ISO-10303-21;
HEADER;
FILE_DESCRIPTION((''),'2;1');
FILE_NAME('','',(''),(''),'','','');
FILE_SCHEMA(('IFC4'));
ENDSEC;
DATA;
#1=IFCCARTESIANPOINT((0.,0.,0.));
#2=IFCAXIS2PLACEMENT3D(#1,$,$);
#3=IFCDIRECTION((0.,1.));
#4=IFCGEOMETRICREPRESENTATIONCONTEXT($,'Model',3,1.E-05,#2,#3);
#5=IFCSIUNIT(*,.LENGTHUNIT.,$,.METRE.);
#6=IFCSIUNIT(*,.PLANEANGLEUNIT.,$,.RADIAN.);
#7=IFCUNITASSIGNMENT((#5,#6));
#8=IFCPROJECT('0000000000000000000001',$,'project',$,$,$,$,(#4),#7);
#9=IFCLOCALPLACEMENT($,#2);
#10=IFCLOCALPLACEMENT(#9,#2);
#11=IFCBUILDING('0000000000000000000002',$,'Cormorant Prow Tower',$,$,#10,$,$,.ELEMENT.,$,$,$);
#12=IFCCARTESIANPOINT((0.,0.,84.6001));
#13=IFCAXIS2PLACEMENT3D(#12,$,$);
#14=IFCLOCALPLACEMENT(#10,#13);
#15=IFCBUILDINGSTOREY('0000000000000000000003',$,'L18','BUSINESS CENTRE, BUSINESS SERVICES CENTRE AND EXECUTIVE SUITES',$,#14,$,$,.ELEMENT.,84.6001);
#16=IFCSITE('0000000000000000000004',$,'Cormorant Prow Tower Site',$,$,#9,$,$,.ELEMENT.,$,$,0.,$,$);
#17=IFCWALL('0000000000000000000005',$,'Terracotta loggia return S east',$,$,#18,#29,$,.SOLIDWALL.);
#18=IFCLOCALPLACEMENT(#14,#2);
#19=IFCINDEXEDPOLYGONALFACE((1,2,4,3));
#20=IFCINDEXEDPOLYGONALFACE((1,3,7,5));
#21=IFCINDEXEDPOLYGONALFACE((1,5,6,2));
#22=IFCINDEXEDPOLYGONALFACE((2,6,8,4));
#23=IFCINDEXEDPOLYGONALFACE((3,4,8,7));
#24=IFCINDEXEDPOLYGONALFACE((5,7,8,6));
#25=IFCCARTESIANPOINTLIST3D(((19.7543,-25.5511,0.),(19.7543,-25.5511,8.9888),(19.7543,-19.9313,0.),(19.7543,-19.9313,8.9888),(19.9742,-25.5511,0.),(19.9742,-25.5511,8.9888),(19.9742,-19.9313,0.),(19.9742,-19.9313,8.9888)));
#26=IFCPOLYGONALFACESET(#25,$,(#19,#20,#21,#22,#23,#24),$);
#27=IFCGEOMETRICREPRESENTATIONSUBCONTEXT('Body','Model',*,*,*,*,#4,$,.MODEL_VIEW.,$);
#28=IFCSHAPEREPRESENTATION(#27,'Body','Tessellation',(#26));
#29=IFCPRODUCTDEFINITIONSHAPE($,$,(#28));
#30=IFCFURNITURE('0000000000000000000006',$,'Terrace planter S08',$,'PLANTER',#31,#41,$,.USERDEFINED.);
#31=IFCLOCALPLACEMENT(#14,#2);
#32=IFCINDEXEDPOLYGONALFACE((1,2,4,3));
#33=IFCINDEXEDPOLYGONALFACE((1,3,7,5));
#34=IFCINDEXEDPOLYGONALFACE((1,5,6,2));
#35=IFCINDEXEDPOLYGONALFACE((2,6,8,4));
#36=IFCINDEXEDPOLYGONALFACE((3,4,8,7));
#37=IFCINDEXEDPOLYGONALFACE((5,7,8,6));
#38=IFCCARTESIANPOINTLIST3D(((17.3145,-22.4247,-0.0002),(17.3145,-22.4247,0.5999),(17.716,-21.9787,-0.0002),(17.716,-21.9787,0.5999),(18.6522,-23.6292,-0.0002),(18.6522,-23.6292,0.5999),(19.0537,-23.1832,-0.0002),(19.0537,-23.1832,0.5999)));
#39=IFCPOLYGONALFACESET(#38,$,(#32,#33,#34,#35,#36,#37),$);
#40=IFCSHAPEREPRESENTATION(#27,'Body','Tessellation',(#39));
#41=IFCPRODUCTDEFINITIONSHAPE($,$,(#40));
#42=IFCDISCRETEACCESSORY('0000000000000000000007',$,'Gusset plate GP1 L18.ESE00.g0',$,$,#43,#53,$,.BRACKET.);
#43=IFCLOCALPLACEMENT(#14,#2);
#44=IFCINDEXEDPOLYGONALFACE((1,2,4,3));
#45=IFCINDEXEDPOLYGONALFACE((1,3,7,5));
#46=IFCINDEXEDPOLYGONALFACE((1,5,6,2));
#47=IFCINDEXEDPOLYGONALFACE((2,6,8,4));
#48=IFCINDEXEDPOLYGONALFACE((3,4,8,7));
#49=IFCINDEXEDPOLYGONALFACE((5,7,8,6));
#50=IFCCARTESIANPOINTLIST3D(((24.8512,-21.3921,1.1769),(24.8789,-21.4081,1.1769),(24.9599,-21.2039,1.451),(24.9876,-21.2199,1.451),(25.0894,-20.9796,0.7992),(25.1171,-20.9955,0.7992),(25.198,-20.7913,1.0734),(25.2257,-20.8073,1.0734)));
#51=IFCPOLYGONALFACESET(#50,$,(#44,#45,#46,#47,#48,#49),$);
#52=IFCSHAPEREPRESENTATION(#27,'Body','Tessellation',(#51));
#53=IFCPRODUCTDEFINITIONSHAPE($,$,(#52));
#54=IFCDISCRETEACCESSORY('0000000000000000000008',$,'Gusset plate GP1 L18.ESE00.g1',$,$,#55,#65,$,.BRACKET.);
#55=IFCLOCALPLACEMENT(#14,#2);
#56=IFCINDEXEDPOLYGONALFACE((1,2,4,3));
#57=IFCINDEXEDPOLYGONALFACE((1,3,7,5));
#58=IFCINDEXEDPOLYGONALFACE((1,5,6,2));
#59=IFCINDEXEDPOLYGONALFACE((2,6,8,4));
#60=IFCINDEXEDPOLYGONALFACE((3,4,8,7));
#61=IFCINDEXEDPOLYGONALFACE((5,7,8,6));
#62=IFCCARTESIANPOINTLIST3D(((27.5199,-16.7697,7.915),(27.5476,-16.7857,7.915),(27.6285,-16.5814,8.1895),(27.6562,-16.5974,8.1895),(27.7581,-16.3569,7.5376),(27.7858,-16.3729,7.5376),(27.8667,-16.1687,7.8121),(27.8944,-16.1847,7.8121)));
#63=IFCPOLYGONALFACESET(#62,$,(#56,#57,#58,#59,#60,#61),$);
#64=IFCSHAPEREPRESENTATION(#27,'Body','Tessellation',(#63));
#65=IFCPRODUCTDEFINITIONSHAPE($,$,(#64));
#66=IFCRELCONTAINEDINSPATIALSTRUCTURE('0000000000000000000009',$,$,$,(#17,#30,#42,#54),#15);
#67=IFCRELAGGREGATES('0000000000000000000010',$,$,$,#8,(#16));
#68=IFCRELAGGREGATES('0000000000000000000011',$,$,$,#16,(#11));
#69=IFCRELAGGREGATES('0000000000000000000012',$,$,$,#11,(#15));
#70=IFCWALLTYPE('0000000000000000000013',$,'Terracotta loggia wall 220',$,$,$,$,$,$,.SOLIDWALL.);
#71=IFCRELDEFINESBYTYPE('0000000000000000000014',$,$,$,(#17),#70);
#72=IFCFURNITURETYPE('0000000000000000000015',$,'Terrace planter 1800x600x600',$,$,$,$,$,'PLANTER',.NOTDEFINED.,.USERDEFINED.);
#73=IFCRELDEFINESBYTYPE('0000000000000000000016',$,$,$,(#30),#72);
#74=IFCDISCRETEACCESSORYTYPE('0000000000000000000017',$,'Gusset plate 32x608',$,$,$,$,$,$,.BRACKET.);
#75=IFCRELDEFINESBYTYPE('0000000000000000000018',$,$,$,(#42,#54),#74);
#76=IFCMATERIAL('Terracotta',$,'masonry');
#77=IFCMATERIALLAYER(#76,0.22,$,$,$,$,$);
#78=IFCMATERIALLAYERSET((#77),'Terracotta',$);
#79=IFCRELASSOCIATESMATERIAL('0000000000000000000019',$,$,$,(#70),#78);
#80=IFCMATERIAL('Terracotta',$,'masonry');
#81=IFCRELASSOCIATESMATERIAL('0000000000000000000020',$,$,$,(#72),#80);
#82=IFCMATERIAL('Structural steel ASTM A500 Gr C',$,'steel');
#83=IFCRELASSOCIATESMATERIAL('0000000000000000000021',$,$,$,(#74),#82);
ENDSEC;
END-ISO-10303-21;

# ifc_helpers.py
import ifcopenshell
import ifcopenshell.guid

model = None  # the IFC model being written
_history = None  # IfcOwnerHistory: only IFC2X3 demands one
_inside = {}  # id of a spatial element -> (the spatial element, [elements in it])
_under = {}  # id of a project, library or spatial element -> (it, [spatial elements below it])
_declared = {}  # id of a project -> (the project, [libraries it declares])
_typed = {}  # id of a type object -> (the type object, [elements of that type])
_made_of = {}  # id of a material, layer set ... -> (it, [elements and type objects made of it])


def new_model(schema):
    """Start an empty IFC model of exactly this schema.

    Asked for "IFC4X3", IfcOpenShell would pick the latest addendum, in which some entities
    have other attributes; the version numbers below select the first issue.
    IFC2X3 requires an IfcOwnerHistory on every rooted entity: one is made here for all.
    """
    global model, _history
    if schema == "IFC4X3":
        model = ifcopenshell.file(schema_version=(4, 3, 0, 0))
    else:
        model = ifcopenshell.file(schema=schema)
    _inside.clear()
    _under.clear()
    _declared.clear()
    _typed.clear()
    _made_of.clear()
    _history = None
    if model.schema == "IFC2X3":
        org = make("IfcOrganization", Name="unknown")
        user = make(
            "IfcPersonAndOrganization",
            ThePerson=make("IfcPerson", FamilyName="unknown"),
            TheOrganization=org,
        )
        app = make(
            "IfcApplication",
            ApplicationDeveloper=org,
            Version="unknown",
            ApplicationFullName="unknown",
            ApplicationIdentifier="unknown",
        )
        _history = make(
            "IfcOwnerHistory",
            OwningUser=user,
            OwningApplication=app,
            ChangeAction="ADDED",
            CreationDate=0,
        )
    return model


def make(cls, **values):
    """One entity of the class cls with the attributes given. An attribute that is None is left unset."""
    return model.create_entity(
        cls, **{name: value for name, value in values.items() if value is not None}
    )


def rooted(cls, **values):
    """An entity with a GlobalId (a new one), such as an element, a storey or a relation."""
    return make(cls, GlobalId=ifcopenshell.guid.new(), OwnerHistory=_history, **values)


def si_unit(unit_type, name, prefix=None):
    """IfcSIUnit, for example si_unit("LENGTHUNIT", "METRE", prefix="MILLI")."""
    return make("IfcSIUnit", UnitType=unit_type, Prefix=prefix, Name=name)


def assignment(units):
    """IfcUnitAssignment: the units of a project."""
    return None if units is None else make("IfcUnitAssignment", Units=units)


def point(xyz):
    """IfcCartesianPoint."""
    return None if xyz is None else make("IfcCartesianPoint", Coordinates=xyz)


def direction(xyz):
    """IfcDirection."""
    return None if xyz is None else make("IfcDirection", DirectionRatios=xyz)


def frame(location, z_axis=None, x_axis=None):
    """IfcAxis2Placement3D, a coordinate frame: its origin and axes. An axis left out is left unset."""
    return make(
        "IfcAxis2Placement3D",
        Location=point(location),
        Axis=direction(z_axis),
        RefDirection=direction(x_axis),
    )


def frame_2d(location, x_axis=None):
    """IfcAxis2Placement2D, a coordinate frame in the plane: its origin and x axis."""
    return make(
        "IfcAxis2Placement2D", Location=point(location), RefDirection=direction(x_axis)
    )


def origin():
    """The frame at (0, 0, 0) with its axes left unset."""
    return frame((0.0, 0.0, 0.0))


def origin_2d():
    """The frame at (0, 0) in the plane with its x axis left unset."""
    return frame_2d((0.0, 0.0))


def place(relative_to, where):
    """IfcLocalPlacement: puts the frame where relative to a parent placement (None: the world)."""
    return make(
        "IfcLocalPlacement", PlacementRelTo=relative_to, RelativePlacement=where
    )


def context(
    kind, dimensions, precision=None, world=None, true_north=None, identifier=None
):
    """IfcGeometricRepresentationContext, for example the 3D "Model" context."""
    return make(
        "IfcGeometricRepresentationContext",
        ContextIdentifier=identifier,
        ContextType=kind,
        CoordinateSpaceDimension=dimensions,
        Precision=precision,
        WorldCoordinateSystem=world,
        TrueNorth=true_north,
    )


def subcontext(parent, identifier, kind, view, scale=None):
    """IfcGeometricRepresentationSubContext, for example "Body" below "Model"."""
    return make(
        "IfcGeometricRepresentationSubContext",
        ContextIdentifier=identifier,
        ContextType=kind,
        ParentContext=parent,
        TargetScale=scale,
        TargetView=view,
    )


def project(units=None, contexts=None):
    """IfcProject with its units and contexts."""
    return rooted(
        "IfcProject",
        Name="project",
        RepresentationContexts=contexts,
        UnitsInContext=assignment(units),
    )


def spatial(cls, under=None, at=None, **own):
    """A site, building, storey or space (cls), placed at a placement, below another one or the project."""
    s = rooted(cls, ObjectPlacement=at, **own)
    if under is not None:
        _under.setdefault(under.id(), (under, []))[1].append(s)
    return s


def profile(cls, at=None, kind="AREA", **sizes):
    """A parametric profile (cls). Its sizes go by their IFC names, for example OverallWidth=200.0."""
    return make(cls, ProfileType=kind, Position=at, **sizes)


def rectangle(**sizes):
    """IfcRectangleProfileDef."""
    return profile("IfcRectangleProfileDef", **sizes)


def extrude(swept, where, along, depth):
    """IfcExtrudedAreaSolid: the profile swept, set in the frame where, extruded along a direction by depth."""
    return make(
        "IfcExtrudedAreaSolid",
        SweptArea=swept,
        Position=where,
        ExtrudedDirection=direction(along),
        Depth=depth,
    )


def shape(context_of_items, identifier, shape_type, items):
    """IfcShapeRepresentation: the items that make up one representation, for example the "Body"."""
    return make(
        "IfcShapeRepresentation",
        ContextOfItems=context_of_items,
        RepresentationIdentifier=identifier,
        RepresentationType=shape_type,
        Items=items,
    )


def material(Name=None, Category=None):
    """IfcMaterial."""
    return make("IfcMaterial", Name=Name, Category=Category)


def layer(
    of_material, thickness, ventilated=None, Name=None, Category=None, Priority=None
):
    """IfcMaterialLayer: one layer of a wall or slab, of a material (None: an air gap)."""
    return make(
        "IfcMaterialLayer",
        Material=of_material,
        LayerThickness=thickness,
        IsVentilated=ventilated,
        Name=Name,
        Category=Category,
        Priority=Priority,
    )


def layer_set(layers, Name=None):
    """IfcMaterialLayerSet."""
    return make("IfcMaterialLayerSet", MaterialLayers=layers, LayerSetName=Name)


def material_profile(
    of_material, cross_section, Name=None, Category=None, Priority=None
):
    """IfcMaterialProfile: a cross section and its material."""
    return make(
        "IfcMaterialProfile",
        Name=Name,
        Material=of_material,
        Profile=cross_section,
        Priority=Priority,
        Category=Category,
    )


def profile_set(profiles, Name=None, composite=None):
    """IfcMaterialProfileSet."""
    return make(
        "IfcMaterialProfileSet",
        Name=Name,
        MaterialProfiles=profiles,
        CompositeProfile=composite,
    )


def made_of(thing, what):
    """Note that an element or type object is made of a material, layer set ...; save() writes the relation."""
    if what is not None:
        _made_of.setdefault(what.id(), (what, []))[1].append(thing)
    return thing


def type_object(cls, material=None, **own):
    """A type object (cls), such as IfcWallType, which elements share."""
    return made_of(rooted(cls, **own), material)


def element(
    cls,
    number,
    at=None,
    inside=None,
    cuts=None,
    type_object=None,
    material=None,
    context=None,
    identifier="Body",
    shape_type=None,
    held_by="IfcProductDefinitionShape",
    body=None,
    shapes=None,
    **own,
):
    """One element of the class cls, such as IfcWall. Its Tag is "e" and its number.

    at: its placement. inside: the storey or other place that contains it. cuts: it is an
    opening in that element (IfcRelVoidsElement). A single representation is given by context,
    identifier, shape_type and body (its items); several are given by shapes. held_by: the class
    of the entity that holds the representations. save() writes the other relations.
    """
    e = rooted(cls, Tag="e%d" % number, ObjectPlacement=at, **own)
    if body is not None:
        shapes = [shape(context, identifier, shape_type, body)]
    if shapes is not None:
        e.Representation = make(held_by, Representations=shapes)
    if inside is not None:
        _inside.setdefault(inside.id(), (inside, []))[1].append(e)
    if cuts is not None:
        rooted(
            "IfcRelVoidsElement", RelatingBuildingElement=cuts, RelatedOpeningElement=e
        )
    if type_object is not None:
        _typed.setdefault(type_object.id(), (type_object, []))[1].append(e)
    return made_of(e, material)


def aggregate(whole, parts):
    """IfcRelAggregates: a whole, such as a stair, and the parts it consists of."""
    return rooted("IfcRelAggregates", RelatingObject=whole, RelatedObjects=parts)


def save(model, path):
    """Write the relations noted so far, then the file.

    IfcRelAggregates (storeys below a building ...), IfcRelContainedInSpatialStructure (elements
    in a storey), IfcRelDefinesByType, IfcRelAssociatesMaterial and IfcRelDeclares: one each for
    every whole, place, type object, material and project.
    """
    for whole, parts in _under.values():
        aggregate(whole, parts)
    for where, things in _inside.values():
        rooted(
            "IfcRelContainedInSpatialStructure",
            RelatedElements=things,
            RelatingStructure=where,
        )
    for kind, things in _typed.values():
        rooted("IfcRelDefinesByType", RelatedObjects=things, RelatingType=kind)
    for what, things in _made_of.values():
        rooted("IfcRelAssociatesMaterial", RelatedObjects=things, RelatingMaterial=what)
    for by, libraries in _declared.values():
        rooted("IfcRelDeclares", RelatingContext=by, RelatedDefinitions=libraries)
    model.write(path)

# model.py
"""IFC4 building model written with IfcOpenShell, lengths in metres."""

from ifc_helpers import new_model, si_unit, direction, frame, frame_2d, origin, origin_2d, place, context, subcontext, project, spatial, rectangle, extrude, material, layer, layer_set, material_profile, profile_set, type_object, element, save


model = new_model("IFC4")

# Units and contexts
model_context = context("Model", 3, precision=1e-05, world=origin(), true_north=direction((0.0, 1.0)))
body_context = subcontext(model_context, "Body", "Model", "MODEL_VIEW")
ifc_project = project(units=[si_unit("LENGTHUNIT", "METRE"), si_unit("PLANEANGLEUNIT", "RADIAN")], contexts=[model_context])

# Site, building, storey
site_placement = place(None, origin())
site = spatial("IfcSite", under=ifc_project, at=site_placement, Name="Cormorant Prow Tower Site", CompositionType="ELEMENT", RefElevation=0.0)
building_placement = place(site_placement, origin())
building = spatial("IfcBuilding", under=site, at=building_placement, Name="Cormorant Prow Tower", CompositionType="ELEMENT")
storey_placement = place(building_placement, frame((0.0, 0.0, 84.6001)))
storey = spatial("IfcBuildingStorey", under=building, at=storey_placement, Name="L18", Description="BUSINESS CENTRE, BUSINESS SERVICES CENTRE AND EXECUTIVE SUITES", CompositionType="ELEMENT", Elevation=84.6001)

# Wall
ifc_material_1 = material(Name="Terracotta", Category="masonry")
ifc_layer_1 = layer(ifc_material_1, 0.22)
ifc_layer_set_1 = layer_set([ifc_layer_1], Name="Terracotta")
wall_type_1 = type_object("IfcWallType", Name="Terracotta loggia wall 220", PredefinedType="SOLIDWALL", material=ifc_layer_set_1)
wall_1_placement = place(storey_placement, frame((19.8643, -25.5513, 0.0), z_axis=(0.0, 0.0, 1.0), x_axis=(0.0, 1.0, 0.0)))
element("IfcWall", 1, at=wall_1_placement, inside=storey, type_object=wall_type_1, Name="Terracotta loggia return S east", PredefinedType="SOLIDWALL", context=body_context, shape_type="SweptSolid", body=[
    extrude(rectangle(XDim=5.6199, YDim=0.22, at=frame_2d((2.8101, 0.0))), origin(), (0.0, 0.0, 1.0), 8.9888),
])

# Furniture
ifc_material_2 = material(Name="Terracotta", Category="masonry")
furniture_type = type_object("IfcFurnitureType", Name="Terrace planter 1800x600x600", ElementType="PLANTER", AssemblyPlace="NOTDEFINED", PredefinedType="USERDEFINED", material=ifc_material_2)
furniture_placement = place(storey_placement, frame((18.1841, -22.804, -0.0002), z_axis=(0.0, 0.0, 1.0), x_axis=(0.743145, -0.669131, 0.0)))
element("IfcFurniture", 2, at=furniture_placement, inside=storey, type_object=furniture_type, Name="Terrace planter S08", ObjectType="PLANTER", PredefinedType="USERDEFINED", context=body_context, shape_type="SweptSolid", body=[
    extrude(rectangle(XDim=1.8, YDim=0.6001, at=origin_2d()), origin(), (0.0, 0.0, 1.0), 0.6001),
])

# Discrete accessories
ifc_material_3 = material(Name="Structural steel ASTM A500 Gr C", Category="steel")
ifc_material_profile_1 = material_profile(ifc_material_3, rectangle(XDim=0.032, YDim=0.6079, at=origin_2d()), Name="Gusset plate 32x608")
ifc_profile_set_1 = profile_set([ifc_material_profile_1], Name="Structural steel ASTM A500 Gr C")
discrete_accessory_type = type_object("IfcDiscreteAccessoryType", Name="Gusset plate 32x608", PredefinedType="BRACKET", material=ifc_profile_set_1)
discrete_accessory_1_placement = place(storey_placement, frame((25.0928, -21.0056, 1.2622), z_axis=(-0.310529, -0.538018, -0.78365), x_axis=(0.866092, -0.499885, 0.0)))
element("IfcDiscreteAccessory", 3, at=discrete_accessory_1_placement, inside=storey, type_object=discrete_accessory_type, Name="Gusset plate GP1 L18.ESE00.g0", PredefinedType="BRACKET", context=body_context, shape_type="SweptSolid", body=[
    extrude(rectangle(XDim=0.032, YDim=0.6079, at=origin_2d()), origin(), (0.0, 0.0, 1.0), 0.3499),
])
discrete_accessory_2_placement = place(storey_placement, frame((27.6528, -16.5713, 7.7263), z_axis=(0.31036, 0.537724, 0.783919), x_axis=(-0.866092, 0.499885, 0.0)))
element("IfcDiscreteAccessory", 4, at=discrete_accessory_2_placement, inside=storey, type_object=discrete_accessory_type, Name="Gusset plate GP1 L18.ESE00.g1", PredefinedType="BRACKET", context=body_context, shape_type="SweptSolid", body=[
    extrude(rectangle(XDim=0.032, YDim=0.6079, at=origin_2d()), origin(), (0.0, 0.0, 1.0), 0.3501),
])

save(model, "model.ifc")
